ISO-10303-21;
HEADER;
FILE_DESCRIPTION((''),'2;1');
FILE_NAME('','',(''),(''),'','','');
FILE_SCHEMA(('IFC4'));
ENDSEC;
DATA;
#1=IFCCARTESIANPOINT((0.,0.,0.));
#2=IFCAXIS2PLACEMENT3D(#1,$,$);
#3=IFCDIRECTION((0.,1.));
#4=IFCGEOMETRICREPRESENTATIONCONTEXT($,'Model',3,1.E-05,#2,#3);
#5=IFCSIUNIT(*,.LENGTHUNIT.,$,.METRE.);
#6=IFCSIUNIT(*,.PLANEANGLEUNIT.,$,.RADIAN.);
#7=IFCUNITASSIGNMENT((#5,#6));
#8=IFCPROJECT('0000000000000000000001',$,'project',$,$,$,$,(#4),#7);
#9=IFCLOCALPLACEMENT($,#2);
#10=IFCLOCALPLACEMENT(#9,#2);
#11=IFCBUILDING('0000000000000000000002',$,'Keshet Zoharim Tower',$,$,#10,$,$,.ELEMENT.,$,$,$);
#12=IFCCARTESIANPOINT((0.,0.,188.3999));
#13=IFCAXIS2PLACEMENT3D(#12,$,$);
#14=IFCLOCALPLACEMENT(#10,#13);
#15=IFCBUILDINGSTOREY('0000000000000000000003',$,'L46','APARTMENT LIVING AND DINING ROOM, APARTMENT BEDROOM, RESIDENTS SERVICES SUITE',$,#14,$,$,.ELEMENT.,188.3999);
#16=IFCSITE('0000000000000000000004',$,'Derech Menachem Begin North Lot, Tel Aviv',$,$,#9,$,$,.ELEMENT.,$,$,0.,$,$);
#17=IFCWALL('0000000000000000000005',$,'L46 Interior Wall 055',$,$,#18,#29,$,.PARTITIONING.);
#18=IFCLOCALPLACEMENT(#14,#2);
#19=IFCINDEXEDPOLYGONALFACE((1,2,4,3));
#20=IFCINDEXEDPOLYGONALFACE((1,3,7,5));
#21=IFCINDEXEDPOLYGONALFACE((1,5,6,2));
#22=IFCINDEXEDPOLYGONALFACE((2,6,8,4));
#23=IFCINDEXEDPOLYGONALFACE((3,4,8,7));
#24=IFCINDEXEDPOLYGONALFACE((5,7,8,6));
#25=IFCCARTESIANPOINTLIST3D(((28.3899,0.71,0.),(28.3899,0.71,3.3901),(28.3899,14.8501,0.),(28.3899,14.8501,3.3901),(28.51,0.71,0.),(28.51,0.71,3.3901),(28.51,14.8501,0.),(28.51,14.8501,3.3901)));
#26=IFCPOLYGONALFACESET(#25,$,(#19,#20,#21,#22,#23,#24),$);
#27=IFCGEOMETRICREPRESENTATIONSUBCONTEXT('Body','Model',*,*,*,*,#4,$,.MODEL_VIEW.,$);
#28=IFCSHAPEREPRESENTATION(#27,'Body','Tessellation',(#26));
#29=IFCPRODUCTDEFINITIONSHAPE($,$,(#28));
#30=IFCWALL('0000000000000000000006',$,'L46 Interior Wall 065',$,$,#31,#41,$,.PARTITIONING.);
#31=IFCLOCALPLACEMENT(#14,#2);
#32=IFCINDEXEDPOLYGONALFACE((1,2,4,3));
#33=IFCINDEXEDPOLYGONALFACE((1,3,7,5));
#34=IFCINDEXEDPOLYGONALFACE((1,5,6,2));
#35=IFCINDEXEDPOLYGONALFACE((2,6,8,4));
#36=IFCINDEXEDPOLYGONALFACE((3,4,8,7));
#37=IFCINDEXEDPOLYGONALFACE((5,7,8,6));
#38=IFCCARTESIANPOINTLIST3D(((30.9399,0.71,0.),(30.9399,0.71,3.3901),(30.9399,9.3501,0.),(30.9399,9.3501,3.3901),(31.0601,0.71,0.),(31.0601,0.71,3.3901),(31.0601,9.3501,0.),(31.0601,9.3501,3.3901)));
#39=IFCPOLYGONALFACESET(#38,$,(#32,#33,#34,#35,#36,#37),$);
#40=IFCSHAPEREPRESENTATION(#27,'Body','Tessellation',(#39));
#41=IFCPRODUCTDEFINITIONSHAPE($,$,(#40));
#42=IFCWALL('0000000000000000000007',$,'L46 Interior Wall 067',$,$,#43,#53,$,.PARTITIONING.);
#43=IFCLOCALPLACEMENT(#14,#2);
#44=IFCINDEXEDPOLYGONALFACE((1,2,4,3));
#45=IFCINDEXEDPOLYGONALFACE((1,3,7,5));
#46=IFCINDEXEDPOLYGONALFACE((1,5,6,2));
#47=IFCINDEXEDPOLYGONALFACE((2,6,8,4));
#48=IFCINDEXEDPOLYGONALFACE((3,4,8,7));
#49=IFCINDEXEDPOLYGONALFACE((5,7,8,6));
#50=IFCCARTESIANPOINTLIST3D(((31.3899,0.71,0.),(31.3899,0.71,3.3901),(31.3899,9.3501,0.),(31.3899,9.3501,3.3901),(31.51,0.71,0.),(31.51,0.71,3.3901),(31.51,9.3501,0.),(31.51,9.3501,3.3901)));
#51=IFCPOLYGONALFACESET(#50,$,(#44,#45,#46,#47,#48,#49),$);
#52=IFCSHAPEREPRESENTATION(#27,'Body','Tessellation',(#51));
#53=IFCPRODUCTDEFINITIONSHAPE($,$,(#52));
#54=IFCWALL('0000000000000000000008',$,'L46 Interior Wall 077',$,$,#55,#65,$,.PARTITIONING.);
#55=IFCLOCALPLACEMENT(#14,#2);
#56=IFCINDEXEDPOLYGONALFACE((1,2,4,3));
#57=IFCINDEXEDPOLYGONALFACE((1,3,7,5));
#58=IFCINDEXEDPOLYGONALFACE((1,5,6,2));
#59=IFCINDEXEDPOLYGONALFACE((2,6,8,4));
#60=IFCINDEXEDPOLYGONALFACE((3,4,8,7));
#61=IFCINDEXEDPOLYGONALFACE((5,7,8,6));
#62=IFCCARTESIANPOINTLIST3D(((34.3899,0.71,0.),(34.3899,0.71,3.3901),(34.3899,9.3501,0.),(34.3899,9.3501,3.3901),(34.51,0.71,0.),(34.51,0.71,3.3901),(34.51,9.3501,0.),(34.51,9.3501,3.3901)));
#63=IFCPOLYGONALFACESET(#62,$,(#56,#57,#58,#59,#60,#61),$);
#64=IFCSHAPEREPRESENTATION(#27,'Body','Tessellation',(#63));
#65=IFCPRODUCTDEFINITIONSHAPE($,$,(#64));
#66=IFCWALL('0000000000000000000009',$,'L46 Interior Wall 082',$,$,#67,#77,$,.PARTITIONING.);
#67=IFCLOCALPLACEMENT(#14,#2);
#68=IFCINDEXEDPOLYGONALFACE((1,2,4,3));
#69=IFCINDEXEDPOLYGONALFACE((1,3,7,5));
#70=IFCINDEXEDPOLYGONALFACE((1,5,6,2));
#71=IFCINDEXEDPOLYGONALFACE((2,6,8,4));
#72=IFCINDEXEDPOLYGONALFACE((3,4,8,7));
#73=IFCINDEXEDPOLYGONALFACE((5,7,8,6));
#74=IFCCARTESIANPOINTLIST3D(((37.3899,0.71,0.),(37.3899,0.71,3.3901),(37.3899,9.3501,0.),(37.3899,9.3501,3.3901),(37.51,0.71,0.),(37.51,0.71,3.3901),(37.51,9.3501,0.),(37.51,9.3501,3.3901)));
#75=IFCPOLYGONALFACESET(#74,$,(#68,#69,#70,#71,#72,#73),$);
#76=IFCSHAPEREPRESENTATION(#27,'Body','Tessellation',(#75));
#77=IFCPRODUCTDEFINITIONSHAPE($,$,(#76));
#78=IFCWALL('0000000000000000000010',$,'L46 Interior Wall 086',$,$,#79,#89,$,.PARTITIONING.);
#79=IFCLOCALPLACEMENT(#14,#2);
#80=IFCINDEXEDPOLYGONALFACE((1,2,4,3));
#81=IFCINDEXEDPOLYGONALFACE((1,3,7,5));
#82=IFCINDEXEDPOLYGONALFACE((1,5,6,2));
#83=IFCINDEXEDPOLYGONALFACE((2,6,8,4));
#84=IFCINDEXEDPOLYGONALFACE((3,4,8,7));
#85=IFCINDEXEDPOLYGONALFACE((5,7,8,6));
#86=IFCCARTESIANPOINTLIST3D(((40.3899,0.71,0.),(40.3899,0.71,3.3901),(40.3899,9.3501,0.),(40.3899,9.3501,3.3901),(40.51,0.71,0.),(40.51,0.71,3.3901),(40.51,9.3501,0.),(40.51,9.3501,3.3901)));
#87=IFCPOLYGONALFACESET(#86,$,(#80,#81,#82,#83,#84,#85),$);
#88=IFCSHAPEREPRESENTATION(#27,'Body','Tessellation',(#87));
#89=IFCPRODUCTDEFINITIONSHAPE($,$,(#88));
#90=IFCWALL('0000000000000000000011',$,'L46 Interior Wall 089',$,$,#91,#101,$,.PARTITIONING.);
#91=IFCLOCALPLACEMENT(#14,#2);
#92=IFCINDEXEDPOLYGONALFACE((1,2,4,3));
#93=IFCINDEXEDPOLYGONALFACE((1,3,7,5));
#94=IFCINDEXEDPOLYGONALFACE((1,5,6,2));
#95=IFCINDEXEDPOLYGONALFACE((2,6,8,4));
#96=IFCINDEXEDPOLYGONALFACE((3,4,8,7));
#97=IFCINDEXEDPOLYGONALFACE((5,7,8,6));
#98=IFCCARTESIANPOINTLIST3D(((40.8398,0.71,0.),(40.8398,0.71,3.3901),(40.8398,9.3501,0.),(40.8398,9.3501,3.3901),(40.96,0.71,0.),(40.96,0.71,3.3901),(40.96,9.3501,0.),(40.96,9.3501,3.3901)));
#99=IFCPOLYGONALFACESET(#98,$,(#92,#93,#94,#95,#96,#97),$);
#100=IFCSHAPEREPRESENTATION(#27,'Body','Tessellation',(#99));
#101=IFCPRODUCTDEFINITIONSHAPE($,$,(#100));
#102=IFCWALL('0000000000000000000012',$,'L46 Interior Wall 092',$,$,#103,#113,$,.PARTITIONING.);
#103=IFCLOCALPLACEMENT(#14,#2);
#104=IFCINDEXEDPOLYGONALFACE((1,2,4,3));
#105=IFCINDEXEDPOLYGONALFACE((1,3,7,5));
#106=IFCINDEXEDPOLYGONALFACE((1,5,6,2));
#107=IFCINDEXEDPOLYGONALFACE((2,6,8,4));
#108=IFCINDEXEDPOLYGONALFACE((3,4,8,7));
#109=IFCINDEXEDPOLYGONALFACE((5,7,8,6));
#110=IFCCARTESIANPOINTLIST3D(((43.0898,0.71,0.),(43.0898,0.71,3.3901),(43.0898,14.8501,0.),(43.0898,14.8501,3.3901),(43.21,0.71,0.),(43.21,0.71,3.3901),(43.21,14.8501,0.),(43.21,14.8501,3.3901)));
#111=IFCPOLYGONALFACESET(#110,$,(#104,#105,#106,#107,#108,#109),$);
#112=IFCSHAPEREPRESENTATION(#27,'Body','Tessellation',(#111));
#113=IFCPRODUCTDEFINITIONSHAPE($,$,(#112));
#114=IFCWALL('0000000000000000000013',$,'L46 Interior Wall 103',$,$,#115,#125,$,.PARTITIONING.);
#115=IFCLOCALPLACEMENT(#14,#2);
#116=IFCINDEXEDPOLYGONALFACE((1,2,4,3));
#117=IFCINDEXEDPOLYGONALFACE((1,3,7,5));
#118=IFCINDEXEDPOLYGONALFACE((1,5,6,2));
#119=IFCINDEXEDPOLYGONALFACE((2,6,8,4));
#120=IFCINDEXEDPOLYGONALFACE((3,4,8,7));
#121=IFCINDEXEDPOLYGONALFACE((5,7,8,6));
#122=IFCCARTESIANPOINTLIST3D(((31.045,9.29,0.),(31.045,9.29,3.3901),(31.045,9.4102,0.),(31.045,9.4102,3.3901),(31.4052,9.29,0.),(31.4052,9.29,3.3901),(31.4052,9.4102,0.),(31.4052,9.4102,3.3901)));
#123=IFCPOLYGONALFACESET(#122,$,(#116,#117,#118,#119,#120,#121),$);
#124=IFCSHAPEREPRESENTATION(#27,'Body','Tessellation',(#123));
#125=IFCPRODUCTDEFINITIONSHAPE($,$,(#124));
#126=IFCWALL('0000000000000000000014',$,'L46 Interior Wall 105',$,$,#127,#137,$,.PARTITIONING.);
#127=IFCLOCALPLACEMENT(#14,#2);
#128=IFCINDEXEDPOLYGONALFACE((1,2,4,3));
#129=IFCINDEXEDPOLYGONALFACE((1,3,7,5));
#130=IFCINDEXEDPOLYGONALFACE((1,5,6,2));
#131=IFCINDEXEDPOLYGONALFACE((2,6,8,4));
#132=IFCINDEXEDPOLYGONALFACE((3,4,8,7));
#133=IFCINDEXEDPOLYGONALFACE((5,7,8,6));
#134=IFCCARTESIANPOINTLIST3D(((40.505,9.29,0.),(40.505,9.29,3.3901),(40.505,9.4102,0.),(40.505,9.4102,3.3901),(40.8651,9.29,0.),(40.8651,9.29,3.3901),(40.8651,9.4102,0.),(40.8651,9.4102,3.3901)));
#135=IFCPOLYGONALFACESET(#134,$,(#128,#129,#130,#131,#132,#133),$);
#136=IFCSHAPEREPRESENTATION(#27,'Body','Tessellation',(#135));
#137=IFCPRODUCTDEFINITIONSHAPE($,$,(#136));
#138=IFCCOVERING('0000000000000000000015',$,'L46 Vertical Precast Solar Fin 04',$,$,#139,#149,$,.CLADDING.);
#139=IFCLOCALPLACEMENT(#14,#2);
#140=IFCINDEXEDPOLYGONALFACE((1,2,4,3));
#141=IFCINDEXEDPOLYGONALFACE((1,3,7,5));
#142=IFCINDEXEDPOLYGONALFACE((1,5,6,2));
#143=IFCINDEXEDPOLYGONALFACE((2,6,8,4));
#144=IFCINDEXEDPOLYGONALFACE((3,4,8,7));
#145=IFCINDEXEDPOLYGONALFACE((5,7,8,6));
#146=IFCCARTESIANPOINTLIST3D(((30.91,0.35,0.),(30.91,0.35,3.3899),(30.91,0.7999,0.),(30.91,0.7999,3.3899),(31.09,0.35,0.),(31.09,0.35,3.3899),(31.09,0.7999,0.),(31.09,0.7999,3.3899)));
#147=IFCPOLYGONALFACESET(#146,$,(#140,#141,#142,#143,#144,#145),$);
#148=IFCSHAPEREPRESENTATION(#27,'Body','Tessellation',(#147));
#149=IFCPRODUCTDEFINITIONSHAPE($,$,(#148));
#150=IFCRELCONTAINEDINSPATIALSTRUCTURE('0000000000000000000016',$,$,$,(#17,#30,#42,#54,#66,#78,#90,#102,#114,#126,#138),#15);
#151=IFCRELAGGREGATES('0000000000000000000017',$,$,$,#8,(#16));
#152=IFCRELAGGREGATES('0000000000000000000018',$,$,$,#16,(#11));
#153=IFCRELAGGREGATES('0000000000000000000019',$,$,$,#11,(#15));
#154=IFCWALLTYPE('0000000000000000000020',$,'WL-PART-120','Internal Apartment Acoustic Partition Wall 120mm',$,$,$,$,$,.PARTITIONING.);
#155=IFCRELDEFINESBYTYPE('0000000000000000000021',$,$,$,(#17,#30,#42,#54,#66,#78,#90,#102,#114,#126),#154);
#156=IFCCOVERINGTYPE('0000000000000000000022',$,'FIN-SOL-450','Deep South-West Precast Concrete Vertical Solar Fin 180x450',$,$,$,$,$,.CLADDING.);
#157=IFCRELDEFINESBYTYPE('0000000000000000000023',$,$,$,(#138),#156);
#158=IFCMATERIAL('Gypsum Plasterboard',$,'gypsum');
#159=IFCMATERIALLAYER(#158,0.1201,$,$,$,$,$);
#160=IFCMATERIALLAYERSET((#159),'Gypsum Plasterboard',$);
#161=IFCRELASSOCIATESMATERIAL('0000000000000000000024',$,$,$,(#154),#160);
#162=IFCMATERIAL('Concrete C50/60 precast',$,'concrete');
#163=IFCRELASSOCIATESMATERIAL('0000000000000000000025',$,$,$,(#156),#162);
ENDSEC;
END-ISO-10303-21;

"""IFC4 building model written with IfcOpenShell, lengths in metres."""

from ifc_helpers import new_model, si_unit, direction, frame, frame_2d, origin, origin_2d, place, context, subcontext, project, spatial, rectangle, extrude, material, layer, layer_set, type_object, element, save


model = new_model("IFC4")

# Units and contexts
model_context = context("Model", 3, precision=1e-05, world=origin(), true_north=direction((0.0, 1.0)))
body_context = subcontext(model_context, "Body", "Model", "MODEL_VIEW")
ifc_project = project(units=[si_unit("LENGTHUNIT", "METRE"), si_unit("PLANEANGLEUNIT", "RADIAN")], contexts=[model_context])

# Site, building, storey
site_placement = place(None, origin())
site = spatial("IfcSite", under=ifc_project, at=site_placement, Name="Derech Menachem Begin North Lot, Tel Aviv", CompositionType="ELEMENT", RefElevation=0.0)
building_placement = place(site_placement, origin())
building = spatial("IfcBuilding", under=site, at=building_placement, Name="Keshet Zoharim Tower", CompositionType="ELEMENT")
storey_placement = place(building_placement, frame((0.0, 0.0, 188.3999)))
storey = spatial("IfcBuildingStorey", under=building, at=storey_placement, Name="L46", Description="APARTMENT LIVING AND DINING ROOM, APARTMENT BEDROOM, RESIDENTS SERVICES SUITE", CompositionType="ELEMENT", Elevation=188.3999)

# Walls
ifc_material_1 = material(Name="Gypsum Plasterboard", Category="gypsum")
ifc_layer_1 = layer(ifc_material_1, 0.1201)
ifc_layer_set_1 = layer_set([ifc_layer_1], Name="Gypsum Plasterboard")
wall_type = type_object("IfcWallType", Name="WL-PART-120", Description="Internal Apartment Acoustic Partition Wall 120mm", PredefinedType="PARTITIONING", material=ifc_layer_set_1)
wall_1_placement = place(storey_placement, frame((28.45, 0.71, 0.0), z_axis=(0.0, 0.0, 1.0), x_axis=(0.0, 1.0, 0.0)))
element("IfcWall", 1, at=wall_1_placement, inside=storey, type_object=wall_type, Name="L46 Interior Wall 055", PredefinedType="PARTITIONING", context=body_context, shape_type="SweptSolid", body=[
    extrude(rectangle(XDim=14.1401, YDim=0.1201, at=frame_2d((7.0701, 0.0))), origin(), (0.0, 0.0, 1.0), 3.3901),
])
for number, where, z_axis, x_axis, name in (
    (2, (31.0, 0.71, 0.0), (0.0, 0.0, 1.0), (0.0, 1.0, 0.0), "L46 Interior Wall 065"),
    (3, (31.45, 0.71, 0.0), (0.0, 0.0, 1.0), (0.0, 1.0, 0.0), "L46 Interior Wall 067"),
    (4, (34.45, 0.71, 0.0), (0.0, 0.0, 1.0), (0.0, 1.0, 0.0), "L46 Interior Wall 077"),
    (5, (37.45, 0.71, 0.0), (0.0, 0.0, 1.0), (0.0, 1.0, 0.0), "L46 Interior Wall 082"),
    (6, (40.45, 0.71, 0.0), (0.0, 0.0, 1.0), (0.0, 1.0, 0.0), "L46 Interior Wall 086"),
    (7, (40.8999, 0.71, 0.0), (0.0, 0.0, 1.0), (0.0, 1.0, 0.0), "L46 Interior Wall 089"),
):
    element("IfcWall", number, at=place(storey_placement, frame(where, z_axis=z_axis, x_axis=x_axis)), inside=storey, type_object=wall_type, Name=name, PredefinedType="PARTITIONING", context=body_context, shape_type="SweptSolid", body=[
        extrude(rectangle(XDim=8.6401, YDim=0.1201, at=frame_2d((4.3201, 0.0))), origin(), (0.0, 0.0, 1.0), 3.3901),
    ])
wall_2_placement = place(storey_placement, frame((43.1499, 0.71, 0.0), z_axis=(0.0, 0.0, 1.0), x_axis=(0.0, 1.0, 0.0)))
element("IfcWall", 8, at=wall_2_placement, inside=storey, type_object=wall_type, Name="L46 Interior Wall 092", PredefinedType="PARTITIONING", context=body_context, shape_type="SweptSolid", body=[
    extrude(rectangle(XDim=14.1401, YDim=0.1201, at=frame_2d((7.0701, 0.0))), origin(), (0.0, 0.0, 1.0), 3.3901),
])
wall_3_placement = place(storey_placement, frame((31.0449, 9.3501, 0.0), z_axis=(0.0, 0.0, 1.0), x_axis=(1.0, 0.0, 0.0)))
element("IfcWall", 9, at=wall_3_placement, inside=storey, type_object=wall_type, Name="L46 Interior Wall 103", PredefinedType="PARTITIONING", context=body_context, shape_type="SweptSolid", body=[
    extrude(rectangle(XDim=0.3601, YDim=0.1201, at=frame_2d((0.1802, 0.0))), origin(), (0.0, 0.0, 1.0), 3.3901),
])

# Wall
wall_4_placement = place(storey_placement, frame((40.5049, 9.3501, 0.0), z_axis=(0.0, 0.0, 1.0), x_axis=(1.0, 0.0, 0.0)))
element("IfcWall", 10, at=wall_4_placement, inside=storey, type_object=wall_type, Name="L46 Interior Wall 105", PredefinedType="PARTITIONING", context=body_context, shape_type="SweptSolid", body=[
    extrude(rectangle(XDim=0.3601, YDim=0.1201, at=frame_2d((0.1802, 0.0))), origin(), (0.0, 0.0, 1.0), 3.3901),
])

# Covering
ifc_material_2 = material(Name="Concrete C50/60 precast", Category="concrete")
covering_type = type_object("IfcCoveringType", Name="FIN-SOL-450", Description="Deep South-West Precast Concrete Vertical Solar Fin 180x450", PredefinedType="CLADDING", material=ifc_material_2)
covering_placement = place(storey_placement, frame((31.0, 0.575, 0.0), z_axis=(0.0, 0.0, 1.0), x_axis=(-1.0, 0.0, 0.0)))
element("IfcCovering", 11, at=covering_placement, inside=storey, type_object=covering_type, Name="L46 Vertical Precast Solar Fin 04", PredefinedType="CLADDING", context=body_context, shape_type="SweptSolid", body=[
    extrude(rectangle(XDim=0.1799, YDim=0.45, at=origin_2d()), origin(), (0.0, 0.0, 1.0), 3.3899),
])

save(model, "model.ifc")
